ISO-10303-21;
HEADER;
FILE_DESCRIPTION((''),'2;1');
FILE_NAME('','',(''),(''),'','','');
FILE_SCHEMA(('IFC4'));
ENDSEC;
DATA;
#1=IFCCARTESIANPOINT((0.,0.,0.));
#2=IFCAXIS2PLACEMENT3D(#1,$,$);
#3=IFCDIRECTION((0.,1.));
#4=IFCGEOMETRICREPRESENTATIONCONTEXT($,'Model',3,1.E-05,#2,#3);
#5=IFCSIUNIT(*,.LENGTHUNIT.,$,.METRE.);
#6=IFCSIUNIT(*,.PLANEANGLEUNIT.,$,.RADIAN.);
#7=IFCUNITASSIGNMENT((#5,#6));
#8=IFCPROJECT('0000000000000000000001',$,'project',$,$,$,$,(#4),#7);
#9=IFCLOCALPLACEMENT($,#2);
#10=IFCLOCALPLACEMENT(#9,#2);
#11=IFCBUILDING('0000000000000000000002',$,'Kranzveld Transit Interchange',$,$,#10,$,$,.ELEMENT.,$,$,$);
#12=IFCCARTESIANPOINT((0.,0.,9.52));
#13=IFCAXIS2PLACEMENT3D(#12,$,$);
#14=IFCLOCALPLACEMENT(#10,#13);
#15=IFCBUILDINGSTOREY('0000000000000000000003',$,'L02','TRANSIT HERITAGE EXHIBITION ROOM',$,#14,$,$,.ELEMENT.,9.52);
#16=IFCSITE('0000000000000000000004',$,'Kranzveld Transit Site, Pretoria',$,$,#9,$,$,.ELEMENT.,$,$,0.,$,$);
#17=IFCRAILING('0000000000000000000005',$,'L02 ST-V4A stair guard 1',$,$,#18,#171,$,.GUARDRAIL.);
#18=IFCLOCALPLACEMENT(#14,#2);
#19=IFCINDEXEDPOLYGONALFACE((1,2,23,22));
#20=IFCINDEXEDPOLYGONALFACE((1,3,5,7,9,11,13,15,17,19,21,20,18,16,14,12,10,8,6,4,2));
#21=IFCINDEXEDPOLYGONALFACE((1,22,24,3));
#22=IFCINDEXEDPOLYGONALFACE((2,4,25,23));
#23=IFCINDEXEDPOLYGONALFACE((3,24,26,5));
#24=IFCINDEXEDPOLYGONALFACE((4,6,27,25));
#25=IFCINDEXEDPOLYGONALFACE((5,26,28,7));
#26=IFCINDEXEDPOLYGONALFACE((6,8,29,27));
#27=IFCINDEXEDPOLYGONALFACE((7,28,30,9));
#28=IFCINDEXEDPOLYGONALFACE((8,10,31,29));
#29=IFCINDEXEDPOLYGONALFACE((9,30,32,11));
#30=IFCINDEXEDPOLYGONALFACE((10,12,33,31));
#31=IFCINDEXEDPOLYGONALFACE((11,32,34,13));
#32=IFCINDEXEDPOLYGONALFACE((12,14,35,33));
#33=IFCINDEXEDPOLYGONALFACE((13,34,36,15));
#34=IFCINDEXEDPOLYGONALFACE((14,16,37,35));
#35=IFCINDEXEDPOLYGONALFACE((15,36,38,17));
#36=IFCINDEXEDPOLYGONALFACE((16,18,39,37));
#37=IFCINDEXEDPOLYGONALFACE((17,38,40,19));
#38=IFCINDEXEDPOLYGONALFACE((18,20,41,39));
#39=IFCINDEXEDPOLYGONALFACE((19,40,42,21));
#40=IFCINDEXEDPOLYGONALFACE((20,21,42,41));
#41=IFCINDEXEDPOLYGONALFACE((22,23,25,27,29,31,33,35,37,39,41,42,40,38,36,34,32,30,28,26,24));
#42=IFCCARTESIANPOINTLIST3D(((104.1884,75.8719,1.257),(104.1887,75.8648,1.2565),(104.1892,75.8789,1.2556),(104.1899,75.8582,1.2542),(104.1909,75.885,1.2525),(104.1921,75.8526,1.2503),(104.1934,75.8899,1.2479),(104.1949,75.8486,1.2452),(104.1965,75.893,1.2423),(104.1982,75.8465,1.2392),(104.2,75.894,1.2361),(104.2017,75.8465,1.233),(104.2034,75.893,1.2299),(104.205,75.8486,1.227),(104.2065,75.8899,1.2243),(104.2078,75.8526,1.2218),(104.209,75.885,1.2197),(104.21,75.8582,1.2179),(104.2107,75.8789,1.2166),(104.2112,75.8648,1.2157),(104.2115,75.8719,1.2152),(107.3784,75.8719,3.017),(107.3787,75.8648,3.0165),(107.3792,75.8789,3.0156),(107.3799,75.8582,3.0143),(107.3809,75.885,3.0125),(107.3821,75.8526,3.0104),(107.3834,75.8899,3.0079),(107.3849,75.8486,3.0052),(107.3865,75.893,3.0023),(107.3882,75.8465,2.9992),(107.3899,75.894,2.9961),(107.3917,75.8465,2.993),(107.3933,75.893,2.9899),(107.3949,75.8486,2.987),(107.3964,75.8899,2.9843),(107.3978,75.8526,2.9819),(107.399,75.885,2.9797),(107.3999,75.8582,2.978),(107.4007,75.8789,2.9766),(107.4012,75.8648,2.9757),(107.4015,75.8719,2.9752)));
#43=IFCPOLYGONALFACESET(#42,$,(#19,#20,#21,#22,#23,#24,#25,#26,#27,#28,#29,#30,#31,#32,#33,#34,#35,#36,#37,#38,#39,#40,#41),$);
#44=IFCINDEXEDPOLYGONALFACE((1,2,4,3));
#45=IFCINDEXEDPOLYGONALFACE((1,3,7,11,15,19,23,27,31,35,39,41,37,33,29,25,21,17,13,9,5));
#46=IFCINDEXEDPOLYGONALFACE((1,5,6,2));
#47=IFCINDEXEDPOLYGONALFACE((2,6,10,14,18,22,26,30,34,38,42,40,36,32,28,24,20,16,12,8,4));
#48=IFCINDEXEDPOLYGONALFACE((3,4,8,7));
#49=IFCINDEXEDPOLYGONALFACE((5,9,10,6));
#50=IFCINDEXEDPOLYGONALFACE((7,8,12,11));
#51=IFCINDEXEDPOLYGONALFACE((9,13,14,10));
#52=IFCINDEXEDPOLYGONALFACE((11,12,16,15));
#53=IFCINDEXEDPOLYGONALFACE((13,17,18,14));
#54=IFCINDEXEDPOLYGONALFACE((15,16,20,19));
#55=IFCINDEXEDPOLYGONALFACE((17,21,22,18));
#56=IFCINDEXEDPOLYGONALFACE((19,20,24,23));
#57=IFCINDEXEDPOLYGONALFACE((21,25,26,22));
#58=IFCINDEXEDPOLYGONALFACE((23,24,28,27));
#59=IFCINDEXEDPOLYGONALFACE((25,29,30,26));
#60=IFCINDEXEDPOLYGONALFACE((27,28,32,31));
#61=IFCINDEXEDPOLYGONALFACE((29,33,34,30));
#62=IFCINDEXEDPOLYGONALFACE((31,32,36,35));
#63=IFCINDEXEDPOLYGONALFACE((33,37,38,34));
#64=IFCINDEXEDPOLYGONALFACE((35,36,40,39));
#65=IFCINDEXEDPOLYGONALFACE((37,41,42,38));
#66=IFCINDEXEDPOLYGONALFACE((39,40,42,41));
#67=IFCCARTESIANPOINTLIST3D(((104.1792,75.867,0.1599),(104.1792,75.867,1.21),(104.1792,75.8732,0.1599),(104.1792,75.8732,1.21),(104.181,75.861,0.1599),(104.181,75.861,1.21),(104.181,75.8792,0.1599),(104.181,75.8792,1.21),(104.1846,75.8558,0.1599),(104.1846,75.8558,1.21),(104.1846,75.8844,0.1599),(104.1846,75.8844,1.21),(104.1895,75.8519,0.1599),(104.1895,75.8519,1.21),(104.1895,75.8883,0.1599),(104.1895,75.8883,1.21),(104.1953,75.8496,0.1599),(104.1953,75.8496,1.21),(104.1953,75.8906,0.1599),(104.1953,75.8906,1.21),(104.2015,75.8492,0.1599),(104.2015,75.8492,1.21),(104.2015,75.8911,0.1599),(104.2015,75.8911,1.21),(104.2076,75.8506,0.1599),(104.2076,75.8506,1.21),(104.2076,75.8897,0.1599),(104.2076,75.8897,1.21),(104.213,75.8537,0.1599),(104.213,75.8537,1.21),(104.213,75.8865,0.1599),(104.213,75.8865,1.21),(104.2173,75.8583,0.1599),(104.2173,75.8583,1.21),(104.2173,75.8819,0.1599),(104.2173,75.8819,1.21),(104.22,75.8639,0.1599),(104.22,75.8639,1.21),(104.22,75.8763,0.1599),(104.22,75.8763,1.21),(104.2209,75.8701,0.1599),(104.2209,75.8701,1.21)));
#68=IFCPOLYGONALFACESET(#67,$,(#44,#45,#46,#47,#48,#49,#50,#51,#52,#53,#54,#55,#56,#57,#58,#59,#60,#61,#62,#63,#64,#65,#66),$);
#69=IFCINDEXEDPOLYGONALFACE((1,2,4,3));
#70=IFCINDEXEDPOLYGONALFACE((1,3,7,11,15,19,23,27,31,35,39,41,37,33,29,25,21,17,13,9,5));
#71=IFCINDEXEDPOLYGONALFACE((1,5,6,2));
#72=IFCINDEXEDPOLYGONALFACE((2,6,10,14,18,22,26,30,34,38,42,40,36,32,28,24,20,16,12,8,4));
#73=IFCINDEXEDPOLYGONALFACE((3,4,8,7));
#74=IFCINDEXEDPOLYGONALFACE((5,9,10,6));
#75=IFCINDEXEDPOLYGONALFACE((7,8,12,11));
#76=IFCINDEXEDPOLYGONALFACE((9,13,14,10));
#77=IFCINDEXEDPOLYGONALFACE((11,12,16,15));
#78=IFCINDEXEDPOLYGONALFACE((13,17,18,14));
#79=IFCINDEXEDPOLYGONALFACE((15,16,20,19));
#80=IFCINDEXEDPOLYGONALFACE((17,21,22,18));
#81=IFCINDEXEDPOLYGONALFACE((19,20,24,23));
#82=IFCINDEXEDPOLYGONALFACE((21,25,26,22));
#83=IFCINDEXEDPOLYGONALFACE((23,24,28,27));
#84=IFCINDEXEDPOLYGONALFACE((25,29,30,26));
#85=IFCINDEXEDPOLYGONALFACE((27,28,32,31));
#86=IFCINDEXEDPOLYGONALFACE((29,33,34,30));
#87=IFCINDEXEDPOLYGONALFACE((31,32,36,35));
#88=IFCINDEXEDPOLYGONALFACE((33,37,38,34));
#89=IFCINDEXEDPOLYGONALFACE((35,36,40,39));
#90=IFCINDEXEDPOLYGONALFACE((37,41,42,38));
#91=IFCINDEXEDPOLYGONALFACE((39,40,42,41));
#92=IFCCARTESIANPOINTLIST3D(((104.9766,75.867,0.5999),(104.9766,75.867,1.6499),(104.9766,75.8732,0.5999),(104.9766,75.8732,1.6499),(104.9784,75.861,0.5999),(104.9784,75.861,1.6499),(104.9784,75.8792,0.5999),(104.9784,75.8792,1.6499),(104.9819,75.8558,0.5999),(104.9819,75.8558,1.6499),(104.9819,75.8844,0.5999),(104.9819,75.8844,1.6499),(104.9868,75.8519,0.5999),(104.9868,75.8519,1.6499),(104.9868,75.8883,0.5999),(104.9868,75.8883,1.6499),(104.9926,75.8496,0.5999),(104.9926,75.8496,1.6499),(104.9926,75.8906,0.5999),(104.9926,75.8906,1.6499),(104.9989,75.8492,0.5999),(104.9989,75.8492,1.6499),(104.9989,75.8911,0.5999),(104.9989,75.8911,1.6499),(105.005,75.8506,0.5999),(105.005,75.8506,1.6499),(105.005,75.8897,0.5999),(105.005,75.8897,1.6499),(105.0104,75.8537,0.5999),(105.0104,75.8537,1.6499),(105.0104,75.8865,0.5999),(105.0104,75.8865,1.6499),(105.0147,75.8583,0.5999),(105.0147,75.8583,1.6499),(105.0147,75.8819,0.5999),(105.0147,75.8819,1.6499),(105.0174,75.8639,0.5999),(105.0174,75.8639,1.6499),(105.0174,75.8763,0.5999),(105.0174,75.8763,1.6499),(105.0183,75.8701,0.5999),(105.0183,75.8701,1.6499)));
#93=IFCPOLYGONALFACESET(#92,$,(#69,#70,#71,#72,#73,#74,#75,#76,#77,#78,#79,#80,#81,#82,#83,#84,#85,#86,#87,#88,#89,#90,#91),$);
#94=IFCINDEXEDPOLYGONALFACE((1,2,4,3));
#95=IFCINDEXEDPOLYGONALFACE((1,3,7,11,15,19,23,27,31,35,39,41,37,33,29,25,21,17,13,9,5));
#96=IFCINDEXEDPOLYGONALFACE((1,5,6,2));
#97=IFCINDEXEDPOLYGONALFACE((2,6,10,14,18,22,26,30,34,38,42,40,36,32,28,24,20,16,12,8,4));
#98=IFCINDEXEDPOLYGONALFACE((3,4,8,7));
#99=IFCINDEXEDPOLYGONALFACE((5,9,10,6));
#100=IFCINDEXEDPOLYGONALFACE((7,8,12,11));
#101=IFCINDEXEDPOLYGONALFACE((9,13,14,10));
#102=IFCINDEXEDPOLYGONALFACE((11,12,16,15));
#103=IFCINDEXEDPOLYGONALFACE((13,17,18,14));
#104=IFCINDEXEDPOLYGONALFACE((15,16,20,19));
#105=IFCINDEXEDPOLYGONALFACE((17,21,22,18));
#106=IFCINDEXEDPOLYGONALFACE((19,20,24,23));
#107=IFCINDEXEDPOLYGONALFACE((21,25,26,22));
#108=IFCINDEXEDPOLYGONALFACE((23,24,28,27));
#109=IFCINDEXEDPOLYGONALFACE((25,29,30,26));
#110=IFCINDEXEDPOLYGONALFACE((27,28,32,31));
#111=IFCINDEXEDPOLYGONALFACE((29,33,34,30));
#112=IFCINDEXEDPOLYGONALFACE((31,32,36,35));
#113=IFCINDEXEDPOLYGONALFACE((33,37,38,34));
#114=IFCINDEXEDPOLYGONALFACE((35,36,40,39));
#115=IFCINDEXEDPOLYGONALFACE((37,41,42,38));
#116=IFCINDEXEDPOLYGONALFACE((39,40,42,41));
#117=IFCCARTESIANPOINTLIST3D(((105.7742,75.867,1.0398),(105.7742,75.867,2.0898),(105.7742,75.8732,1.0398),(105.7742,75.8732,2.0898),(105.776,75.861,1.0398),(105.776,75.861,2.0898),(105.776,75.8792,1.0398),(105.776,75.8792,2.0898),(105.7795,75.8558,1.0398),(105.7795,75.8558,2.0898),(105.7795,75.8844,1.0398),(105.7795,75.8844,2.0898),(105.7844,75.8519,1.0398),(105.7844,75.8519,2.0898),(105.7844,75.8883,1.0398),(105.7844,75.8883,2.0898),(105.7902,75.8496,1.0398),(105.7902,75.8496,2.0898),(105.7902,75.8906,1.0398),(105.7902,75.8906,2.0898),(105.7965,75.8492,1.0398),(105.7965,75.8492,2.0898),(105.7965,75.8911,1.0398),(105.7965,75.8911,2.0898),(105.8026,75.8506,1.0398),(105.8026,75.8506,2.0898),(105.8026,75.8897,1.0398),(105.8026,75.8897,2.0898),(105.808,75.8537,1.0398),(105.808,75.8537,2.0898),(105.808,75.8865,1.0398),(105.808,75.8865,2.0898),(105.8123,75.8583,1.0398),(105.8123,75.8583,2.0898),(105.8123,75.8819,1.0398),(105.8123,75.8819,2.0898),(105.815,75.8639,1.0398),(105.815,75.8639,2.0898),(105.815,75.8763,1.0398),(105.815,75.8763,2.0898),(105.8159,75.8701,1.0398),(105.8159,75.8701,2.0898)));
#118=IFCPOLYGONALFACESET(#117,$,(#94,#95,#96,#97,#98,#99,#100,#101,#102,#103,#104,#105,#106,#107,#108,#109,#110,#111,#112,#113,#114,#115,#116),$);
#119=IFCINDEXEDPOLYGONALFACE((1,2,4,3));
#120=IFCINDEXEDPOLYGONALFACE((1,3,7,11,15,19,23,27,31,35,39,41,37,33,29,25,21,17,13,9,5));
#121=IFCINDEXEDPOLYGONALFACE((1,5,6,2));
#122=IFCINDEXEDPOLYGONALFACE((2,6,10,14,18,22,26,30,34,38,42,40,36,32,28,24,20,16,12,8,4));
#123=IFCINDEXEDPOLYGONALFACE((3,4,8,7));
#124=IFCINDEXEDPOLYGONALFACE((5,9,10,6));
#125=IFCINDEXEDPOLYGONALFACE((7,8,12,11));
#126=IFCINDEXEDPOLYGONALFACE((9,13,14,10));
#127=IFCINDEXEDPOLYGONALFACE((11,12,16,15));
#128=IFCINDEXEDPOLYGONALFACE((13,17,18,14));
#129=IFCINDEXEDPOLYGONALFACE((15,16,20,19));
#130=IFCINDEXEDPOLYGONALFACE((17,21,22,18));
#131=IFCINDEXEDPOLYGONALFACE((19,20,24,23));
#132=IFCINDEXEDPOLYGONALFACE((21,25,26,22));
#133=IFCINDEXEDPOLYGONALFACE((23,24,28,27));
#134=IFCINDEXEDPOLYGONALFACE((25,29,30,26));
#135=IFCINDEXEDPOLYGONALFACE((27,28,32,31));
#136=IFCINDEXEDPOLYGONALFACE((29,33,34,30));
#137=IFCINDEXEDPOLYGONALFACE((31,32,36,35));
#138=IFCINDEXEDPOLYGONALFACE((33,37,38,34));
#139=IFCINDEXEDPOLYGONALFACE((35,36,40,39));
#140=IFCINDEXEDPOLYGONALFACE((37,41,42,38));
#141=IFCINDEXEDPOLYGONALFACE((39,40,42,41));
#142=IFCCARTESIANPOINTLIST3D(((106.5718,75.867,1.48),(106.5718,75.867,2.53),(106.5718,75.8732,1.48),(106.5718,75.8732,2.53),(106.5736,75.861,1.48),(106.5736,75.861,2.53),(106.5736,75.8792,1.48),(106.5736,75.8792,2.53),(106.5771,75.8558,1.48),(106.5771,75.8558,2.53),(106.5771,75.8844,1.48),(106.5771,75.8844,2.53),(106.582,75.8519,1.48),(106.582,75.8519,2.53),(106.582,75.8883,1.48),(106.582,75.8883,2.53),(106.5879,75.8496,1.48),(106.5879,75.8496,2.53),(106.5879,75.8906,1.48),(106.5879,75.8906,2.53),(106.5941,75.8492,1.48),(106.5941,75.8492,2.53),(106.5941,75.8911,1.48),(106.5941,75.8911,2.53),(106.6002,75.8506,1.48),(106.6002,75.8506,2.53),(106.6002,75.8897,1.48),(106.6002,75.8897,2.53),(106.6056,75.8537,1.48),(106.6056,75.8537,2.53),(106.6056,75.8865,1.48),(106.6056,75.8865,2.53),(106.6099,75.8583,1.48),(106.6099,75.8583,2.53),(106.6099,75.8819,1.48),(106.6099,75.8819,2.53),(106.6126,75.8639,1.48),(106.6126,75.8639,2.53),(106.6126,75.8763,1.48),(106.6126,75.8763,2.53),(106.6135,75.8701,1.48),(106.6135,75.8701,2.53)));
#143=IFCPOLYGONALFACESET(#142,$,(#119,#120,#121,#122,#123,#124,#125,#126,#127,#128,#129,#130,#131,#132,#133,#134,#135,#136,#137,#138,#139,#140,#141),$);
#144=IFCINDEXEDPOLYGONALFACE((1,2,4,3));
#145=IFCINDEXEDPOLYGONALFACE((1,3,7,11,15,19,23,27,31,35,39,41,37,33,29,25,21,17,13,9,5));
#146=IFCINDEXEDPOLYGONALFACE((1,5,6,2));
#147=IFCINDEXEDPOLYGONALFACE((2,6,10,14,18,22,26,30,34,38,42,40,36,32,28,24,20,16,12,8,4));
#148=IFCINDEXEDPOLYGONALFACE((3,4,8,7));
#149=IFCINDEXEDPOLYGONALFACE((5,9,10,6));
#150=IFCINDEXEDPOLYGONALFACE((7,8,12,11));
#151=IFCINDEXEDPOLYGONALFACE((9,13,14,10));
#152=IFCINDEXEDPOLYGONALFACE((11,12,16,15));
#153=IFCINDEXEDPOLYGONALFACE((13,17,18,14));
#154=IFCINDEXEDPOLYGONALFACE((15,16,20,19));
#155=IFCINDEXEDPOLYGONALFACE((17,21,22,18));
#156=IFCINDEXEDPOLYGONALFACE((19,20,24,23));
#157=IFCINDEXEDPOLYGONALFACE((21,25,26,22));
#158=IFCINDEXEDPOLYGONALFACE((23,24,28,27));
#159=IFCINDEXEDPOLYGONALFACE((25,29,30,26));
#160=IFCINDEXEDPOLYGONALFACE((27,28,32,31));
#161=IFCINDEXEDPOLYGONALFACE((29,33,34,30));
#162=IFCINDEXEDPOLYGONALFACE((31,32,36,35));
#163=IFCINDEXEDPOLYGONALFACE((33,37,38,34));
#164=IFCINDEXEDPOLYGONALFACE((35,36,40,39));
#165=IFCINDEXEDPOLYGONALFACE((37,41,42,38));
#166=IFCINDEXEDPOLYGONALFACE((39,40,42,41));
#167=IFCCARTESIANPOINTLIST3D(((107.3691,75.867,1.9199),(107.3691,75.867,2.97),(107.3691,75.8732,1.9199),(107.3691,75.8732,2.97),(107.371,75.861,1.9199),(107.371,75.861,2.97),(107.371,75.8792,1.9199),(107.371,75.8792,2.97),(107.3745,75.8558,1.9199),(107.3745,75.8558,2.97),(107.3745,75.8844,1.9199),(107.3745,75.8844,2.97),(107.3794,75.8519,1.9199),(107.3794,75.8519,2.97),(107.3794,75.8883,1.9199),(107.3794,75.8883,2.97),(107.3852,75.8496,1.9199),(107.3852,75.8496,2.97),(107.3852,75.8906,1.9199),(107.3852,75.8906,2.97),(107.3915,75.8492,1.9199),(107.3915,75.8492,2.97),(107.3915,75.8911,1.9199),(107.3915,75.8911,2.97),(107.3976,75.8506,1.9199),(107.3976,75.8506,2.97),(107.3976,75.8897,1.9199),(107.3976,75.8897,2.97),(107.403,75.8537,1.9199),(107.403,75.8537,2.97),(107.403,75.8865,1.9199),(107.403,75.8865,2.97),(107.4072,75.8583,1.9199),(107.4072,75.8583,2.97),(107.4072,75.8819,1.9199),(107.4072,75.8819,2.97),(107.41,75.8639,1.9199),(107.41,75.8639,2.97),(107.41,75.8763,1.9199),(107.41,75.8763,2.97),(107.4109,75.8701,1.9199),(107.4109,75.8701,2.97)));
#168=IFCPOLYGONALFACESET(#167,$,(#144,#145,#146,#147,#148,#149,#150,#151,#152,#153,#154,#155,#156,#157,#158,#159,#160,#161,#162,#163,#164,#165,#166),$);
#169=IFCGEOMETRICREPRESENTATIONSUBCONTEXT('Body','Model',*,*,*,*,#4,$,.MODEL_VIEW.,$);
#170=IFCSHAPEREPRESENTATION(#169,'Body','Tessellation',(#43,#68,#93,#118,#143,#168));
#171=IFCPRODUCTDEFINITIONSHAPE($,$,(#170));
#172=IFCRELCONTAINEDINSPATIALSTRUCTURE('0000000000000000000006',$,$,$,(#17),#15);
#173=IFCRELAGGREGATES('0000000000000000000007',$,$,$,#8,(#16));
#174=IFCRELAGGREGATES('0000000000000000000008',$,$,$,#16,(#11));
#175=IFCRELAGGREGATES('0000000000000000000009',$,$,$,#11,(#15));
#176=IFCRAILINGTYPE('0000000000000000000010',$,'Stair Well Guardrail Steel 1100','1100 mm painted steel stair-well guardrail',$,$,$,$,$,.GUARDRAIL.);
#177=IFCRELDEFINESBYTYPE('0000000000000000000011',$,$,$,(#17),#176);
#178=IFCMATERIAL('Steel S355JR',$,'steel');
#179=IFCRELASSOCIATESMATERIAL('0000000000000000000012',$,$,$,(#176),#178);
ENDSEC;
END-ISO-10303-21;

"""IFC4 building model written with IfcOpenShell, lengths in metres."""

from ifc_helpers import new_model, si_unit, direction, frame, origin, origin_2d, place, context, subcontext, project, spatial, circle, extrude, material, type_object, element, save


model = new_model("IFC4")

# Units and contexts
model_context = context("Model", 3, precision=1e-05, world=origin(), true_north=direction((0.0, 1.0)))
body_context = subcontext(model_context, "Body", "Model", "MODEL_VIEW")
ifc_project = project(units=[si_unit("LENGTHUNIT", "METRE"), si_unit("PLANEANGLEUNIT", "RADIAN")], contexts=[model_context])

# Site, building, storey
site_placement = place(None, origin())
site = spatial("IfcSite", under=ifc_project, at=site_placement, Name="Kranzveld Transit Site, Pretoria", CompositionType="ELEMENT", RefElevation=0.0)
building_placement = place(site_placement, origin())
building = spatial("IfcBuilding", under=site, at=building_placement, Name="Kranzveld Transit Interchange", CompositionType="ELEMENT")
storey_placement = place(building_placement, frame((0.0, 0.0, 9.52)))
storey = spatial("IfcBuildingStorey", under=building, at=storey_placement, Name="L02", Description="TRANSIT HERITAGE EXHIBITION ROOM", CompositionType="ELEMENT", Elevation=9.52)

# Railing
ifc_material_1 = material(Name="Steel S355JR", Category="steel")
railing_type_1 = type_object("IfcRailingType", Name="Stair Well Guardrail Steel 1100", Description="1100 mm painted steel stair-well guardrail", PredefinedType="GUARDRAIL", material=ifc_material_1)
railing_1_placement = place(storey_placement, frame((104.2, 75.8701, 0.1599)))
element("IfcRailing", 1, at=railing_1_placement, inside=storey, type_object=railing_type_1, Name="L02 ST-V4A stair guard 1", PredefinedType="GUARDRAIL", context=body_context, shape_type="SweptSolid", body=[
    extrude(circle(Radius=0.0239, at=origin_2d()), frame((0.0, 0.0, 1.0762), z_axis=(0.875573, 0.0, 0.483086), x_axis=(0.0, 1.0, 0.0)), (0.0, 0.0, 1.0), 3.6433),
    extrude(circle(Radius=0.021, at=origin_2d()), origin(), (0.0, 0.0, 1.0), 1.05),
    extrude(circle(Radius=0.021, at=origin_2d()), frame((0.7974, 0.0, 0.4399)), (0.0, 0.0, 1.0), 1.05),
    extrude(circle(Radius=0.021, at=origin_2d()), frame((1.595, 0.0, 0.8799)), (0.0, 0.0, 1.0), 1.05),
    extrude(circle(Radius=0.021, at=origin_2d()), frame((2.3926, 0.0, 1.3201)), (0.0, 0.0, 1.0), 1.05),
    extrude(circle(Radius=0.021, at=origin_2d()), frame((3.1899, 0.0, 1.76)), (0.0, 0.0, 1.0), 1.05),
])

save(model, "model.ifc")
